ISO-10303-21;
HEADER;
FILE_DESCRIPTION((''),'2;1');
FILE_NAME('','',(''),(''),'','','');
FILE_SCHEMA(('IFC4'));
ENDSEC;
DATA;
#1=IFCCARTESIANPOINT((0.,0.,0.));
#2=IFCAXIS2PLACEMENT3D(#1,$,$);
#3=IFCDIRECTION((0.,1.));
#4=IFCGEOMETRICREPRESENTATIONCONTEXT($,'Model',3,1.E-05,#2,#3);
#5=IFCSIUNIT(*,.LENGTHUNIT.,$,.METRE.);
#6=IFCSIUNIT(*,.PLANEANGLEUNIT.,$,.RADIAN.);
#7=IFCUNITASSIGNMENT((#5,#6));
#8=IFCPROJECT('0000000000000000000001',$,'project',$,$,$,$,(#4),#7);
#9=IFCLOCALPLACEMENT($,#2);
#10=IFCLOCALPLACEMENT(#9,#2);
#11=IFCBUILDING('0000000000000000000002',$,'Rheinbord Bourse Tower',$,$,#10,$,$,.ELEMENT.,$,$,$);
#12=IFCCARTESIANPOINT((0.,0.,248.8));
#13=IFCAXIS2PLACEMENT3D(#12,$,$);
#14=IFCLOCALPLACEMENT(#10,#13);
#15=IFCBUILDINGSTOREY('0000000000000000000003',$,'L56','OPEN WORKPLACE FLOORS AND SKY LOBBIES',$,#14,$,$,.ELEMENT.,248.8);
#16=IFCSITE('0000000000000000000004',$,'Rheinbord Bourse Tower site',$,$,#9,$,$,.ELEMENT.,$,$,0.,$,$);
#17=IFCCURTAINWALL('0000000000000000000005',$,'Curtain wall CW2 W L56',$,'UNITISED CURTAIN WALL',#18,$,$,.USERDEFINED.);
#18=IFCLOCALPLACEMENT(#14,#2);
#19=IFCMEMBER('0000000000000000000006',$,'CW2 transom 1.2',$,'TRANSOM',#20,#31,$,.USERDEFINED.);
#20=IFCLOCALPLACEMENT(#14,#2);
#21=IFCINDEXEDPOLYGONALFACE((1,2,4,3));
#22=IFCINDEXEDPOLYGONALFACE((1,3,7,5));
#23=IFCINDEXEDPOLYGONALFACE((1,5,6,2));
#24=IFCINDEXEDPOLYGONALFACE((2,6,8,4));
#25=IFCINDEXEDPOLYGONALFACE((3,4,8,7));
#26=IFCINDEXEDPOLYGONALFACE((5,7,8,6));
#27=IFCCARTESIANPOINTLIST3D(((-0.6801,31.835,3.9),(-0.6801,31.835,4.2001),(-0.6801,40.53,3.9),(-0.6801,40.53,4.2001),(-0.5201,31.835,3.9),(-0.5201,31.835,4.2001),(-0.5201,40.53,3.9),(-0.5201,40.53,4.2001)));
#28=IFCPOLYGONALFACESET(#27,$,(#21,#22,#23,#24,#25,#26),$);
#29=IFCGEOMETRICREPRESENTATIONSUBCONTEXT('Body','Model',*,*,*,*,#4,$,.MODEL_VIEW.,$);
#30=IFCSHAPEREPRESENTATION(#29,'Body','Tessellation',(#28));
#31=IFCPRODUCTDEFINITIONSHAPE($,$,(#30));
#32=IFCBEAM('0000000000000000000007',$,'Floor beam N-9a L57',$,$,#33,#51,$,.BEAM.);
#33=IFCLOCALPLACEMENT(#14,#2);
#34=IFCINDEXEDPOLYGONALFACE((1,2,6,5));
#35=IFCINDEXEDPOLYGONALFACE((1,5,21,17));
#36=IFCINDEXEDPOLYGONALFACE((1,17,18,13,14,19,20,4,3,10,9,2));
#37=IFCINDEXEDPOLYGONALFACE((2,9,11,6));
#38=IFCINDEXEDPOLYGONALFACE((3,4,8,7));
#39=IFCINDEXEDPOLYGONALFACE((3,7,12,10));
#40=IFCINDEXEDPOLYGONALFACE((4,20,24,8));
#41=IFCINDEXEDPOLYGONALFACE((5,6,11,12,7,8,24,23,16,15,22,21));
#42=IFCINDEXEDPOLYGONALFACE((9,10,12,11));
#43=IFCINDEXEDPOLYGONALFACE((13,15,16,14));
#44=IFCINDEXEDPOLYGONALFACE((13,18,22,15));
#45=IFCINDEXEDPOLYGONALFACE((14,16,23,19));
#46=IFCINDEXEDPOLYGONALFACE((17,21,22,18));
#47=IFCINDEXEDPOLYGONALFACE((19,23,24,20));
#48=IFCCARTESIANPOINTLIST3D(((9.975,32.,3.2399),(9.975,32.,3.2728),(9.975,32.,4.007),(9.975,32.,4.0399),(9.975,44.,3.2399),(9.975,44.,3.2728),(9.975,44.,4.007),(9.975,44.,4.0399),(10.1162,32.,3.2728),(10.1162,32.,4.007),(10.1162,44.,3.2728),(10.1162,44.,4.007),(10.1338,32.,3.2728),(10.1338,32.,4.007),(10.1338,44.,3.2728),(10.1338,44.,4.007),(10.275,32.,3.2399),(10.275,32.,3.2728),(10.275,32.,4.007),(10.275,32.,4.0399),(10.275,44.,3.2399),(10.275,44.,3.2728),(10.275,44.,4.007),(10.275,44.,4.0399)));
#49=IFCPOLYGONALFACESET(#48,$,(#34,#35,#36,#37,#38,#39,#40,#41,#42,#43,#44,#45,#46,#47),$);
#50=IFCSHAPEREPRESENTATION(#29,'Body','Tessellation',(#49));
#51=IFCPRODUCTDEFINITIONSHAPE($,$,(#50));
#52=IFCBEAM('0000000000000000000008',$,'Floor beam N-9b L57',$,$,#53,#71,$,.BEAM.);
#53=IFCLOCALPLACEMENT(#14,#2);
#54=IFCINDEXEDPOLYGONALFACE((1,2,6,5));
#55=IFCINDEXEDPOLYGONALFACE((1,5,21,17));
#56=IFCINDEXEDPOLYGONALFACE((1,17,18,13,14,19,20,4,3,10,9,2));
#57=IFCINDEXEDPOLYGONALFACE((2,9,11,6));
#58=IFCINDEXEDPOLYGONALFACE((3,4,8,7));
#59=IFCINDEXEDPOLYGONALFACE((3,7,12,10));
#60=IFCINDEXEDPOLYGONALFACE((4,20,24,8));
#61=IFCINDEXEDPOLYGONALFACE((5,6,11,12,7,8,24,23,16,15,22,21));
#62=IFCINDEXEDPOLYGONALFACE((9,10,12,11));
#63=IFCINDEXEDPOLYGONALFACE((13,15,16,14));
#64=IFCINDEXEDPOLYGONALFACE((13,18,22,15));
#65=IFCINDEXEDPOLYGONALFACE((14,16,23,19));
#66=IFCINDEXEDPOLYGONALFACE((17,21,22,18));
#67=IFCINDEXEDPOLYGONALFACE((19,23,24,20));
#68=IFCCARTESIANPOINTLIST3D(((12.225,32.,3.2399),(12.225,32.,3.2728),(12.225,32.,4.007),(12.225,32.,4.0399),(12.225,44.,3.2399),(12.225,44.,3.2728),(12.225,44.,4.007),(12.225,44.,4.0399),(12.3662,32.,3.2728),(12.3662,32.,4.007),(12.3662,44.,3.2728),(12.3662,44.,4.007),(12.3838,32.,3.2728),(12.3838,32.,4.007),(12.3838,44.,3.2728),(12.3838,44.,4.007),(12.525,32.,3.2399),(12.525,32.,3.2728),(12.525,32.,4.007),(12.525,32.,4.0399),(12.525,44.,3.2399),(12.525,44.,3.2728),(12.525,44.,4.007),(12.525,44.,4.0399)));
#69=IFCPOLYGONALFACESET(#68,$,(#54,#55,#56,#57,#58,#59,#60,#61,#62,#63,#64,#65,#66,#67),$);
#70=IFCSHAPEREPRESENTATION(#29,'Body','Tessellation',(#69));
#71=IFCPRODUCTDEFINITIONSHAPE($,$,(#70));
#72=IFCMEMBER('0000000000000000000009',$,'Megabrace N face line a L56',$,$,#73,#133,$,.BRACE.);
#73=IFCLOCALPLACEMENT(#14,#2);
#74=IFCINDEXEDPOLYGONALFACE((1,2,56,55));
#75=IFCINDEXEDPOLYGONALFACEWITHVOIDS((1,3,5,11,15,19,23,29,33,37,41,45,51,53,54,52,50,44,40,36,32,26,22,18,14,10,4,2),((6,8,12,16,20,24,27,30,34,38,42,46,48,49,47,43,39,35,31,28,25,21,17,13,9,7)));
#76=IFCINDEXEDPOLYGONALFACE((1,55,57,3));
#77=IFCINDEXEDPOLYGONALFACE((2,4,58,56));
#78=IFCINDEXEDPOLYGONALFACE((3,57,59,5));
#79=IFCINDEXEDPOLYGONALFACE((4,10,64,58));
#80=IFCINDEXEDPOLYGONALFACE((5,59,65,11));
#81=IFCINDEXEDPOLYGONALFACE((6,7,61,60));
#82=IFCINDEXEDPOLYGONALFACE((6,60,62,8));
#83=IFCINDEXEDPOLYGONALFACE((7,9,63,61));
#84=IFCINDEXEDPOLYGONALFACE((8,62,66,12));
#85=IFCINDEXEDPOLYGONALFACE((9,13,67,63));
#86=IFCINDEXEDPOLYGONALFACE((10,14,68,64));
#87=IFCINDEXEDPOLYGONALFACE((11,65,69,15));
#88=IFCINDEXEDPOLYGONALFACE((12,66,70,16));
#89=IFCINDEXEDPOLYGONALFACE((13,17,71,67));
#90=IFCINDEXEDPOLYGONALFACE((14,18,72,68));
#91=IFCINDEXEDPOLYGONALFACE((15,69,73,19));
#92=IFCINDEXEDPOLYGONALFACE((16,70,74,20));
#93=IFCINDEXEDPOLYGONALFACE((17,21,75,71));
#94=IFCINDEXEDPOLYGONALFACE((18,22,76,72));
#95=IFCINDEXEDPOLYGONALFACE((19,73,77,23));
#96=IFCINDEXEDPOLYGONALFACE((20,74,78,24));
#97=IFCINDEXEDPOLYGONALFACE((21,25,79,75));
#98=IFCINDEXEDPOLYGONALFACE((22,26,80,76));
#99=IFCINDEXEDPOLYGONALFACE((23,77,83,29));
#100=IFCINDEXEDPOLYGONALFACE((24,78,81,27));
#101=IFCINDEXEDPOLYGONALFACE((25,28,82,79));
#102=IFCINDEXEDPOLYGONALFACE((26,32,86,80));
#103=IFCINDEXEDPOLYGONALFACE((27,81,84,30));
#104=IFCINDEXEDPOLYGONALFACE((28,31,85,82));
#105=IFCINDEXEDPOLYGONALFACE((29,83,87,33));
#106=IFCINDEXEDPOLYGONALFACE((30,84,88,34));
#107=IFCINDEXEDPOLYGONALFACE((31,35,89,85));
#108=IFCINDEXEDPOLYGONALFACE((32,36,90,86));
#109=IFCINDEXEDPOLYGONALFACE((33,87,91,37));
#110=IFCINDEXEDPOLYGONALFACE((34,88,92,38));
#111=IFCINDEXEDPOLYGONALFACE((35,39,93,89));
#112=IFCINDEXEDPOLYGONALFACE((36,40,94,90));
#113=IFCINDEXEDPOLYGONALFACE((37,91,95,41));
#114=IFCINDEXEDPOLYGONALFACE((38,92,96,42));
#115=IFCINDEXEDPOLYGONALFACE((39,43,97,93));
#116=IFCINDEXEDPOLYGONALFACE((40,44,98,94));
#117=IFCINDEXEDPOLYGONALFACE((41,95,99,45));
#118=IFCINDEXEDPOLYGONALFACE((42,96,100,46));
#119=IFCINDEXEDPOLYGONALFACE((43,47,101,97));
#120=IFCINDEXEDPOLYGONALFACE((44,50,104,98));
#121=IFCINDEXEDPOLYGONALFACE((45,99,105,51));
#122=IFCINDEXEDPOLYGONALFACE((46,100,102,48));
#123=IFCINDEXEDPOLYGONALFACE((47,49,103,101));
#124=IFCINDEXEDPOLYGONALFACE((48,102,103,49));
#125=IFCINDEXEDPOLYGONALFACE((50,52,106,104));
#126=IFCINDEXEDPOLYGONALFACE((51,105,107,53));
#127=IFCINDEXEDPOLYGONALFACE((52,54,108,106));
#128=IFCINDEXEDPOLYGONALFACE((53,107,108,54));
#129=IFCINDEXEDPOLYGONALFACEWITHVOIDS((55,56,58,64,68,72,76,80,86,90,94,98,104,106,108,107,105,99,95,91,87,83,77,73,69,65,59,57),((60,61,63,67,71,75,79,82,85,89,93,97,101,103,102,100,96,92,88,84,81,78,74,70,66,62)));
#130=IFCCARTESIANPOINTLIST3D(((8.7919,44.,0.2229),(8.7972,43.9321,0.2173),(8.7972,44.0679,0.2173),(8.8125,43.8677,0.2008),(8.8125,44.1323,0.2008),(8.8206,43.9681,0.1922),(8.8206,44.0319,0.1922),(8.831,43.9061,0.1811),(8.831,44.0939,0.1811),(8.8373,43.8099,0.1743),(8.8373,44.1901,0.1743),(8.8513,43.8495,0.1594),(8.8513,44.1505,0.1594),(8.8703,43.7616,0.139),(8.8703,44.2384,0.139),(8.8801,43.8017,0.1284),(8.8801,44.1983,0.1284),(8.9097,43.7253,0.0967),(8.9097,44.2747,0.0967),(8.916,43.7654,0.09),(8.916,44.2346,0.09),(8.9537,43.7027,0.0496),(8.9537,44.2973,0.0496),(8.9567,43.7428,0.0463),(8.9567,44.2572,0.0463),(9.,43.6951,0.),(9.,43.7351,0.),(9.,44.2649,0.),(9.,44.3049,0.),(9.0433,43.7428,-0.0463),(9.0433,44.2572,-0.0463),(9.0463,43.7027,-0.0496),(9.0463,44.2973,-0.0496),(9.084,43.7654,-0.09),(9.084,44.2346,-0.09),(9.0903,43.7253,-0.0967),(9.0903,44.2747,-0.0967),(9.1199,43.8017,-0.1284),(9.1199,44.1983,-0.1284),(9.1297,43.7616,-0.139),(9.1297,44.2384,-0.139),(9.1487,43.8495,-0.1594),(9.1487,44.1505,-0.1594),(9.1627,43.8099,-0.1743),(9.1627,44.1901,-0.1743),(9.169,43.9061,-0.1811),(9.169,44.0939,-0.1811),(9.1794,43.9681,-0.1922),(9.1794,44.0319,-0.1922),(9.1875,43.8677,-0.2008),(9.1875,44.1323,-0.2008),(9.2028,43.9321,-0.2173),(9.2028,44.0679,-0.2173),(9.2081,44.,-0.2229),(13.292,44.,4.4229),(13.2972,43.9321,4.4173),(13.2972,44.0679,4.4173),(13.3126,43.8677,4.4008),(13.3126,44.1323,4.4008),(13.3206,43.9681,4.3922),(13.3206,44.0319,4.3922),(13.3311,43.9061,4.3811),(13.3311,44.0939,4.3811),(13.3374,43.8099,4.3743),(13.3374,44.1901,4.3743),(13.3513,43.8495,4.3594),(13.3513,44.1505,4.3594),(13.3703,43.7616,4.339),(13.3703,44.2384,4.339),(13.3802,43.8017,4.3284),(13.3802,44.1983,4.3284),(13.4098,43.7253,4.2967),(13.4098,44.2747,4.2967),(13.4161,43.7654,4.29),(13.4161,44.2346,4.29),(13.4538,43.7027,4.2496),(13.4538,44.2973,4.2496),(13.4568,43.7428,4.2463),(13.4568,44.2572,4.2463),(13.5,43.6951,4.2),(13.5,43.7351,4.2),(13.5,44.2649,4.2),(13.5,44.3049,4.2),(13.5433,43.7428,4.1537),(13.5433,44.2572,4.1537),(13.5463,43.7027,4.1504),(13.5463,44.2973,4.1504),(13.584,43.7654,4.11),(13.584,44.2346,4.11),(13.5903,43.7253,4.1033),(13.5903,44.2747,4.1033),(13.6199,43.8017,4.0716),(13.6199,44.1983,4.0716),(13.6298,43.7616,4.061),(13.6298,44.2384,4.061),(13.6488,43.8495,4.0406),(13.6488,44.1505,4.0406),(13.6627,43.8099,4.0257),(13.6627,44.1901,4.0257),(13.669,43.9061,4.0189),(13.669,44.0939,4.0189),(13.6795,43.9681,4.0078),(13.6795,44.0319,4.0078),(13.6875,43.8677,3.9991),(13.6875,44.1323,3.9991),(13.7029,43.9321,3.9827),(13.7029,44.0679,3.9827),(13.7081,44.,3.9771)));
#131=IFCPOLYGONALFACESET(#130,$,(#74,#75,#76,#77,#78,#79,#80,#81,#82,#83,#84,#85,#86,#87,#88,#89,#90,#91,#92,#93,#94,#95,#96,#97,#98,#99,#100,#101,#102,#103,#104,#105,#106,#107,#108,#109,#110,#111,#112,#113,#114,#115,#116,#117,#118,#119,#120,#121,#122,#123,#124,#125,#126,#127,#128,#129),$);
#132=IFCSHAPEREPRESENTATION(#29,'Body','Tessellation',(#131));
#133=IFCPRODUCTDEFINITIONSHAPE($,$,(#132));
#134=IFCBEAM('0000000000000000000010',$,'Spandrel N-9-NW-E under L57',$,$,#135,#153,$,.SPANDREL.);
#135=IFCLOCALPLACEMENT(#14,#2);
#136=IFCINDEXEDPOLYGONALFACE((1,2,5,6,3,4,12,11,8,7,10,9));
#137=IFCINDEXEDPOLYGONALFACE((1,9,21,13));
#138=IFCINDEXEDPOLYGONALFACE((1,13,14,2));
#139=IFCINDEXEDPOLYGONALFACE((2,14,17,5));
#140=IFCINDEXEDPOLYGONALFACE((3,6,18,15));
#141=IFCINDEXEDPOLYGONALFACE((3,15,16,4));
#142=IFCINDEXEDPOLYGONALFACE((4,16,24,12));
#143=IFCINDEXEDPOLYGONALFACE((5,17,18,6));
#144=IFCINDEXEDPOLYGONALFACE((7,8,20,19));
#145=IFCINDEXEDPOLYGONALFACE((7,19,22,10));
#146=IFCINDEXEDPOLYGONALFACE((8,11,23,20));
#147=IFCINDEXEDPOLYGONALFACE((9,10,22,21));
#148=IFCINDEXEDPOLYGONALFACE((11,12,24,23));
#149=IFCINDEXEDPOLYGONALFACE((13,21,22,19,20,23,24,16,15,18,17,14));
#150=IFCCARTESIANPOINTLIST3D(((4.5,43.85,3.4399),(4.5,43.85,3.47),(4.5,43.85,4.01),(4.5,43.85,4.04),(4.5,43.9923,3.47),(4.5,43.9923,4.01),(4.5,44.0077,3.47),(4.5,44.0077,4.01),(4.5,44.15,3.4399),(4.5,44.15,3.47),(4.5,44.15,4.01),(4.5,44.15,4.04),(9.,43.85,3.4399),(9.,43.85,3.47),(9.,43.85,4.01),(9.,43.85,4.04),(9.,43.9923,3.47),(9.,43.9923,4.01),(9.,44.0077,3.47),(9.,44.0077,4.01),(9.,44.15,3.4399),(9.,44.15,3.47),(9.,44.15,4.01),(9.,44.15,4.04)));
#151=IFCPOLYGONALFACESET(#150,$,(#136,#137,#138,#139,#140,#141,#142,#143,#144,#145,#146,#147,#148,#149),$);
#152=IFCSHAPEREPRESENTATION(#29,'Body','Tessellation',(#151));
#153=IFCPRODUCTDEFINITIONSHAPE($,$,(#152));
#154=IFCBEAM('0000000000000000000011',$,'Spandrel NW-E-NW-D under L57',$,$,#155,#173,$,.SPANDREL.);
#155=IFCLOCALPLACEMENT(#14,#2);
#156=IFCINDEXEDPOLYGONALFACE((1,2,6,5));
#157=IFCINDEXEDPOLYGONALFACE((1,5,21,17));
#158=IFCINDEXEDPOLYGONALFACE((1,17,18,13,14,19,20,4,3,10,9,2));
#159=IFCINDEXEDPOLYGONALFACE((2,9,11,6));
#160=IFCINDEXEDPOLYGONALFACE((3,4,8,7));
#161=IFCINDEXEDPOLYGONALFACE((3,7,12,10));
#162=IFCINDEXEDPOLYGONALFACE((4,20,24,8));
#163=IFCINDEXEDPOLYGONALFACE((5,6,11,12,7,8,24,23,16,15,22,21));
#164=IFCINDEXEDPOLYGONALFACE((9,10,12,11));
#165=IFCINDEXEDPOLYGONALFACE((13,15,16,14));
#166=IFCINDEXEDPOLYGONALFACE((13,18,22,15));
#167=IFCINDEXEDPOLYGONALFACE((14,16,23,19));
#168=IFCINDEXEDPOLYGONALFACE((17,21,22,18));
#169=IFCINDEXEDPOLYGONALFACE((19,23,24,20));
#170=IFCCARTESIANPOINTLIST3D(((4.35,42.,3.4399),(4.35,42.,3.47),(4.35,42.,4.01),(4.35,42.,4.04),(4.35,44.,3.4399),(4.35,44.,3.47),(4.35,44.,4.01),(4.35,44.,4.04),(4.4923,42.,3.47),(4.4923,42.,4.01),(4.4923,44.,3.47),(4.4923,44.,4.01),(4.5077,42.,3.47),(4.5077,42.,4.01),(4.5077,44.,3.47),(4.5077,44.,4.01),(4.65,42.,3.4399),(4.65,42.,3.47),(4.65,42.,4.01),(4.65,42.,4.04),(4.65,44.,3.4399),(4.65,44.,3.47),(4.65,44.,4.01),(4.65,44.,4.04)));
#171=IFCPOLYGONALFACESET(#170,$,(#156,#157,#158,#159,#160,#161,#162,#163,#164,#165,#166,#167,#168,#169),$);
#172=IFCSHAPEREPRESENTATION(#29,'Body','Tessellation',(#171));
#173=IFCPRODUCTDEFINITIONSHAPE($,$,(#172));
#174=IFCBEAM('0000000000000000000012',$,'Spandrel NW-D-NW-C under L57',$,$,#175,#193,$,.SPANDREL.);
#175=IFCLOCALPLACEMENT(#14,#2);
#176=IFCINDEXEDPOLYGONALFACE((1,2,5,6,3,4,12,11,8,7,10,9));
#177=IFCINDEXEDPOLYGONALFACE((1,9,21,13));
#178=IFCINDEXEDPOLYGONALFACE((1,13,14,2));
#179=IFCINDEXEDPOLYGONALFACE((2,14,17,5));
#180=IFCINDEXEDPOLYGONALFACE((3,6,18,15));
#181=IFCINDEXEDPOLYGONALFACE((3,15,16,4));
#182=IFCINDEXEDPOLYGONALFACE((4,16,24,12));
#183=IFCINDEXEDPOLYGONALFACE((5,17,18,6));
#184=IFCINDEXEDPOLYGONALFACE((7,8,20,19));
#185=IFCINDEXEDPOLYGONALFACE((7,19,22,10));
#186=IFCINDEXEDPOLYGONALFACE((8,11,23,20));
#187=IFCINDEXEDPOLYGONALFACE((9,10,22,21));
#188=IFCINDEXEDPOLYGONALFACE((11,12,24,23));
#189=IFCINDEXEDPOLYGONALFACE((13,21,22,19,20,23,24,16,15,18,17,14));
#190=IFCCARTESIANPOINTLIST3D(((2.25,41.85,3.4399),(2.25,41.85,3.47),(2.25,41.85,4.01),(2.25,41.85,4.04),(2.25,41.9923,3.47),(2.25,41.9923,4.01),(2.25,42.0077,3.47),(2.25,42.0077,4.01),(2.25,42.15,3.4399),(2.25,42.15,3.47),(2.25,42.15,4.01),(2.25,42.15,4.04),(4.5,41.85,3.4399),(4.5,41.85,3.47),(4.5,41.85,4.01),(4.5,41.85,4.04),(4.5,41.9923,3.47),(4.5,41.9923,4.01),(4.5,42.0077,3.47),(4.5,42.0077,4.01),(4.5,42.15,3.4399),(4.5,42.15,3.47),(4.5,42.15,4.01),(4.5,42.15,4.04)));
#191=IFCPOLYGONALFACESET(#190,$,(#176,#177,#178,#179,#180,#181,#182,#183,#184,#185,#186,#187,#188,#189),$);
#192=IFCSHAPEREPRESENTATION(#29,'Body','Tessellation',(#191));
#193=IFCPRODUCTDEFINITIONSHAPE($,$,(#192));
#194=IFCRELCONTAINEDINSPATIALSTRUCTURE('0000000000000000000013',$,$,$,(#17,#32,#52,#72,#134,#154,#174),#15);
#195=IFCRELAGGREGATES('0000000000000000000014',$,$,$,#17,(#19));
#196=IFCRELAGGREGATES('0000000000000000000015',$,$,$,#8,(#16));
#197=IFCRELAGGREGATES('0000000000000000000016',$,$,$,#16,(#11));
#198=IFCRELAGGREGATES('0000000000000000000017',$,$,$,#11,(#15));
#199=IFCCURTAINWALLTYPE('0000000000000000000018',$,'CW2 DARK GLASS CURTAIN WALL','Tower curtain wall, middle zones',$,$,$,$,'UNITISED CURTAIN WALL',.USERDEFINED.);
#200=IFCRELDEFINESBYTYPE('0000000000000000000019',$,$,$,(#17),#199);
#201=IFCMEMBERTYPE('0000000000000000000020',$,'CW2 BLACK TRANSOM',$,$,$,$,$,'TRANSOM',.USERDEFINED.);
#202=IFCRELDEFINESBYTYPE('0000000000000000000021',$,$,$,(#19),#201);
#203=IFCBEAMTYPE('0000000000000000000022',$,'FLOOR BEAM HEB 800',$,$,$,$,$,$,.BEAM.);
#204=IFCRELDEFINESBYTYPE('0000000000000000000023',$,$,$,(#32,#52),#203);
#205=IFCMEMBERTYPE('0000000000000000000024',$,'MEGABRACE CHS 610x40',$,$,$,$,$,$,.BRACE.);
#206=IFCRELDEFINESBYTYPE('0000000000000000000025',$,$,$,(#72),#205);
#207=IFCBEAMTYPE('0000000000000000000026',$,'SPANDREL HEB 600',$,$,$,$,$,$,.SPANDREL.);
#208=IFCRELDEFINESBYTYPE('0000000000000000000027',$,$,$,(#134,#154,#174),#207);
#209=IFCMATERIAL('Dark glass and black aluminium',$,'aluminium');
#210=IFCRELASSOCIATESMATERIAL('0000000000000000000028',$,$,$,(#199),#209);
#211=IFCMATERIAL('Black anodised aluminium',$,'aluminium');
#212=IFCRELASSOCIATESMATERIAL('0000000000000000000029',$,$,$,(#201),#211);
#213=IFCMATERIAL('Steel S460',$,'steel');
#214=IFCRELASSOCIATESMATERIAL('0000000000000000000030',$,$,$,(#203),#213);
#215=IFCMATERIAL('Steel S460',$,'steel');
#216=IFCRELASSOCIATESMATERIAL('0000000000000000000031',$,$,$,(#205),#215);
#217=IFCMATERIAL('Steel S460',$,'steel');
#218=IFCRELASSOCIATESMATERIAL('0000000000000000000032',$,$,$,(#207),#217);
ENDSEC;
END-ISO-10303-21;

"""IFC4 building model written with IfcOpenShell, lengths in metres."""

from ifc_helpers import new_model, si_unit, direction, frame, origin, origin_2d, place, context, subcontext, project, spatial, rectangle, hollow_circle, i_section, extrude, material, material_profile, profile_set, type_object, element, aggregate, save


model = new_model("IFC4")

# Units and contexts
model_context = context("Model", 3, precision=1e-05, world=origin(), true_north=direction((0.0, 1.0)))
body_context = subcontext(model_context, "Body", "Model", "MODEL_VIEW")
ifc_project = project(units=[si_unit("LENGTHUNIT", "METRE"), si_unit("PLANEANGLEUNIT", "RADIAN")], contexts=[model_context])

# Site, building, storey
site_placement = place(None, origin())
site = spatial("IfcSite", under=ifc_project, at=site_placement, Name="Rheinbord Bourse Tower site", CompositionType="ELEMENT", RefElevation=0.0)
building_placement = place(site_placement, origin())
building = spatial("IfcBuilding", under=site, at=building_placement, Name="Rheinbord Bourse Tower", CompositionType="ELEMENT")
storey_placement = place(building_placement, frame((0.0, 0.0, 248.8)))
storey = spatial("IfcBuildingStorey", under=building, at=storey_placement, Name="L56", Description="OPEN WORKPLACE FLOORS AND SKY LOBBIES", CompositionType="ELEMENT", Elevation=248.8)

# Shared definitions
ifc_material_1 = material(Name="Dark glass and black aluminium", Category="aluminium")
curtain_wall_type = type_object("IfcCurtainWallType", Name="CW2 DARK GLASS CURTAIN WALL", Description="Tower curtain wall, middle zones", ElementType="UNITISED CURTAIN WALL", PredefinedType="USERDEFINED", material=ifc_material_1)

# Curtain wall
curtain_wall_1_placement = place(storey_placement, origin())
curtain_wall_1 = element("IfcCurtainWall", 1, at=curtain_wall_1_placement, inside=storey, type_object=curtain_wall_type, Name="Curtain wall CW2 W L56", ObjectType="UNITISED CURTAIN WALL", PredefinedType="USERDEFINED")

# Member
ifc_material_2 = material(Name="Black anodised aluminium", Category="aluminium")
ifc_material_profile_1 = material_profile(ifc_material_2, rectangle(XDim=0.1599, YDim=0.3, at=origin_2d()), Name="CW2 TRANSOM 300x160")
ifc_profile_set_1 = profile_set([ifc_material_profile_1], Name="Black anodised aluminium")
member_type_1 = type_object("IfcMemberType", Name="CW2 BLACK TRANSOM", ElementType="TRANSOM", PredefinedType="USERDEFINED", material=ifc_profile_set_1)
member_1_placement = place(storey_placement, frame((-0.6001, 40.53, 4.05), z_axis=(0.0, -1.0, 0.0), x_axis=(1.0, 0.0, 0.0)))
member_1 = element("IfcMember", 2, at=member_1_placement, type_object=member_type_1, Name="CW2 transom 1.2", ObjectType="TRANSOM", PredefinedType="USERDEFINED", context=body_context, shape_type="SweptSolid", body=[
    extrude(rectangle(XDim=0.1599, YDim=0.3, at=origin_2d()), origin(), (0.0, 0.0, 1.0), 8.6951),
])

# Beams
ifc_material_3 = material(Name="Steel S460", Category="steel")
ifc_material_profile_2 = material_profile(ifc_material_3, i_section(OverallWidth=0.3, OverallDepth=0.8, WebThickness=0.0176, FlangeThickness=0.033, at=origin_2d()), Name="HEB 800")
ifc_profile_set_2 = profile_set([ifc_material_profile_2], Name="Steel S460")
beam_type_1 = type_object("IfcBeamType", Name="FLOOR BEAM HEB 800", PredefinedType="BEAM", material=ifc_profile_set_2)
for number, where, z_axis, x_axis, name in (
    (3, (10.125, 44.0, 3.6399), (0.0, -1.0, 0.0), (1.0, 0.0, 0.0), "Floor beam N-9a L57"),
    (4, (12.375, 44.0, 3.6399), (0.0, -1.0, 0.0), (1.0, 0.0, 0.0), "Floor beam N-9b L57"),
):
    element("IfcBeam", number, at=place(storey_placement, frame(where, z_axis=z_axis, x_axis=x_axis)), inside=storey, type_object=beam_type_1, Name=name, PredefinedType="BEAM", context=body_context, shape_type="SweptSolid", body=[
        extrude(i_section(OverallWidth=0.3, OverallDepth=0.8, WebThickness=0.0176, FlangeThickness=0.033, at=origin_2d()), origin(), (0.0, 0.0, 1.0), 12.0),
    ])

# Member
ifc_material_4 = material(Name="Steel S460", Category="steel")
ifc_material_profile_3 = material_profile(ifc_material_4, hollow_circle(Radius=0.3049, WallThickness=0.04, at=origin_2d()), Name="CHS 610x40")
ifc_profile_set_3 = profile_set([ifc_material_profile_3], Name="Steel S460")
member_type_2 = type_object("IfcMemberType", Name="MEGABRACE CHS 610x40", PredefinedType="BRACE", material=ifc_profile_set_3)
member_2_placement = place(storey_placement, frame((9.0, 44.0, 0.0), z_axis=(0.731059, 0.0, 0.682314), x_axis=(0.0, 1.0, 0.0)))
element("IfcMember", 5, at=member_2_placement, inside=storey, type_object=member_type_2, Name="Megabrace N face line a L56", PredefinedType="BRACE", context=body_context, shape_type="SweptSolid", body=[
    extrude(hollow_circle(Radius=0.3049, WallThickness=0.04, at=origin_2d()), origin(), (0.0, 0.0, 1.0), 6.1555),
])

# Beams
ifc_material_5 = material(Name="Steel S460", Category="steel")
ifc_material_profile_4 = material_profile(ifc_material_5, i_section(OverallWidth=0.3, OverallDepth=0.6001, WebThickness=0.0154, FlangeThickness=0.03, at=origin_2d()), Name="HEB 600")
ifc_profile_set_4 = profile_set([ifc_material_profile_4], Name="Steel S460")
beam_type_2 = type_object("IfcBeamType", Name="SPANDREL HEB 600", PredefinedType="SPANDREL", material=ifc_profile_set_4)
beam_1_placement = place(storey_placement, frame((9.0, 44.0, 3.74), z_axis=(-1.0, 0.0, 0.0), x_axis=(0.0, -1.0, 0.0)))
element("IfcBeam", 6, at=beam_1_placement, inside=storey, type_object=beam_type_2, Name="Spandrel N-9-NW-E under L57", PredefinedType="SPANDREL", context=body_context, shape_type="SweptSolid", body=[
    extrude(i_section(OverallWidth=0.3, OverallDepth=0.6001, WebThickness=0.0154, FlangeThickness=0.03, at=origin_2d()), origin(), (0.0, 0.0, 1.0), 4.5),
])
beam_2_placement = place(storey_placement, frame((4.5, 44.0, 3.74), z_axis=(0.0, -1.0, 0.0), x_axis=(1.0, 0.0, 0.0)))
element("IfcBeam", 7, at=beam_2_placement, inside=storey, type_object=beam_type_2, Name="Spandrel NW-E-NW-D under L57", PredefinedType="SPANDREL", context=body_context, shape_type="SweptSolid", body=[
    extrude(i_section(OverallWidth=0.3, OverallDepth=0.6001, WebThickness=0.0154, FlangeThickness=0.03, at=origin_2d()), origin(), (0.0, 0.0, 1.0), 2.0),
])
beam_3_placement = place(storey_placement, frame((4.5, 42.0, 3.74), z_axis=(-1.0, 0.0, 0.0), x_axis=(0.0, -1.0, 0.0)))
element("IfcBeam", 8, at=beam_3_placement, inside=storey, type_object=beam_type_2, Name="Spandrel NW-D-NW-C under L57", PredefinedType="SPANDREL", context=body_context, shape_type="SweptSolid", body=[
    extrude(i_section(OverallWidth=0.3, OverallDepth=0.6001, WebThickness=0.0154, FlangeThickness=0.03, at=origin_2d()), origin(), (0.0, 0.0, 1.0), 2.25),
])

aggregate(curtain_wall_1, [member_1])

save(model, "model.ifc")
